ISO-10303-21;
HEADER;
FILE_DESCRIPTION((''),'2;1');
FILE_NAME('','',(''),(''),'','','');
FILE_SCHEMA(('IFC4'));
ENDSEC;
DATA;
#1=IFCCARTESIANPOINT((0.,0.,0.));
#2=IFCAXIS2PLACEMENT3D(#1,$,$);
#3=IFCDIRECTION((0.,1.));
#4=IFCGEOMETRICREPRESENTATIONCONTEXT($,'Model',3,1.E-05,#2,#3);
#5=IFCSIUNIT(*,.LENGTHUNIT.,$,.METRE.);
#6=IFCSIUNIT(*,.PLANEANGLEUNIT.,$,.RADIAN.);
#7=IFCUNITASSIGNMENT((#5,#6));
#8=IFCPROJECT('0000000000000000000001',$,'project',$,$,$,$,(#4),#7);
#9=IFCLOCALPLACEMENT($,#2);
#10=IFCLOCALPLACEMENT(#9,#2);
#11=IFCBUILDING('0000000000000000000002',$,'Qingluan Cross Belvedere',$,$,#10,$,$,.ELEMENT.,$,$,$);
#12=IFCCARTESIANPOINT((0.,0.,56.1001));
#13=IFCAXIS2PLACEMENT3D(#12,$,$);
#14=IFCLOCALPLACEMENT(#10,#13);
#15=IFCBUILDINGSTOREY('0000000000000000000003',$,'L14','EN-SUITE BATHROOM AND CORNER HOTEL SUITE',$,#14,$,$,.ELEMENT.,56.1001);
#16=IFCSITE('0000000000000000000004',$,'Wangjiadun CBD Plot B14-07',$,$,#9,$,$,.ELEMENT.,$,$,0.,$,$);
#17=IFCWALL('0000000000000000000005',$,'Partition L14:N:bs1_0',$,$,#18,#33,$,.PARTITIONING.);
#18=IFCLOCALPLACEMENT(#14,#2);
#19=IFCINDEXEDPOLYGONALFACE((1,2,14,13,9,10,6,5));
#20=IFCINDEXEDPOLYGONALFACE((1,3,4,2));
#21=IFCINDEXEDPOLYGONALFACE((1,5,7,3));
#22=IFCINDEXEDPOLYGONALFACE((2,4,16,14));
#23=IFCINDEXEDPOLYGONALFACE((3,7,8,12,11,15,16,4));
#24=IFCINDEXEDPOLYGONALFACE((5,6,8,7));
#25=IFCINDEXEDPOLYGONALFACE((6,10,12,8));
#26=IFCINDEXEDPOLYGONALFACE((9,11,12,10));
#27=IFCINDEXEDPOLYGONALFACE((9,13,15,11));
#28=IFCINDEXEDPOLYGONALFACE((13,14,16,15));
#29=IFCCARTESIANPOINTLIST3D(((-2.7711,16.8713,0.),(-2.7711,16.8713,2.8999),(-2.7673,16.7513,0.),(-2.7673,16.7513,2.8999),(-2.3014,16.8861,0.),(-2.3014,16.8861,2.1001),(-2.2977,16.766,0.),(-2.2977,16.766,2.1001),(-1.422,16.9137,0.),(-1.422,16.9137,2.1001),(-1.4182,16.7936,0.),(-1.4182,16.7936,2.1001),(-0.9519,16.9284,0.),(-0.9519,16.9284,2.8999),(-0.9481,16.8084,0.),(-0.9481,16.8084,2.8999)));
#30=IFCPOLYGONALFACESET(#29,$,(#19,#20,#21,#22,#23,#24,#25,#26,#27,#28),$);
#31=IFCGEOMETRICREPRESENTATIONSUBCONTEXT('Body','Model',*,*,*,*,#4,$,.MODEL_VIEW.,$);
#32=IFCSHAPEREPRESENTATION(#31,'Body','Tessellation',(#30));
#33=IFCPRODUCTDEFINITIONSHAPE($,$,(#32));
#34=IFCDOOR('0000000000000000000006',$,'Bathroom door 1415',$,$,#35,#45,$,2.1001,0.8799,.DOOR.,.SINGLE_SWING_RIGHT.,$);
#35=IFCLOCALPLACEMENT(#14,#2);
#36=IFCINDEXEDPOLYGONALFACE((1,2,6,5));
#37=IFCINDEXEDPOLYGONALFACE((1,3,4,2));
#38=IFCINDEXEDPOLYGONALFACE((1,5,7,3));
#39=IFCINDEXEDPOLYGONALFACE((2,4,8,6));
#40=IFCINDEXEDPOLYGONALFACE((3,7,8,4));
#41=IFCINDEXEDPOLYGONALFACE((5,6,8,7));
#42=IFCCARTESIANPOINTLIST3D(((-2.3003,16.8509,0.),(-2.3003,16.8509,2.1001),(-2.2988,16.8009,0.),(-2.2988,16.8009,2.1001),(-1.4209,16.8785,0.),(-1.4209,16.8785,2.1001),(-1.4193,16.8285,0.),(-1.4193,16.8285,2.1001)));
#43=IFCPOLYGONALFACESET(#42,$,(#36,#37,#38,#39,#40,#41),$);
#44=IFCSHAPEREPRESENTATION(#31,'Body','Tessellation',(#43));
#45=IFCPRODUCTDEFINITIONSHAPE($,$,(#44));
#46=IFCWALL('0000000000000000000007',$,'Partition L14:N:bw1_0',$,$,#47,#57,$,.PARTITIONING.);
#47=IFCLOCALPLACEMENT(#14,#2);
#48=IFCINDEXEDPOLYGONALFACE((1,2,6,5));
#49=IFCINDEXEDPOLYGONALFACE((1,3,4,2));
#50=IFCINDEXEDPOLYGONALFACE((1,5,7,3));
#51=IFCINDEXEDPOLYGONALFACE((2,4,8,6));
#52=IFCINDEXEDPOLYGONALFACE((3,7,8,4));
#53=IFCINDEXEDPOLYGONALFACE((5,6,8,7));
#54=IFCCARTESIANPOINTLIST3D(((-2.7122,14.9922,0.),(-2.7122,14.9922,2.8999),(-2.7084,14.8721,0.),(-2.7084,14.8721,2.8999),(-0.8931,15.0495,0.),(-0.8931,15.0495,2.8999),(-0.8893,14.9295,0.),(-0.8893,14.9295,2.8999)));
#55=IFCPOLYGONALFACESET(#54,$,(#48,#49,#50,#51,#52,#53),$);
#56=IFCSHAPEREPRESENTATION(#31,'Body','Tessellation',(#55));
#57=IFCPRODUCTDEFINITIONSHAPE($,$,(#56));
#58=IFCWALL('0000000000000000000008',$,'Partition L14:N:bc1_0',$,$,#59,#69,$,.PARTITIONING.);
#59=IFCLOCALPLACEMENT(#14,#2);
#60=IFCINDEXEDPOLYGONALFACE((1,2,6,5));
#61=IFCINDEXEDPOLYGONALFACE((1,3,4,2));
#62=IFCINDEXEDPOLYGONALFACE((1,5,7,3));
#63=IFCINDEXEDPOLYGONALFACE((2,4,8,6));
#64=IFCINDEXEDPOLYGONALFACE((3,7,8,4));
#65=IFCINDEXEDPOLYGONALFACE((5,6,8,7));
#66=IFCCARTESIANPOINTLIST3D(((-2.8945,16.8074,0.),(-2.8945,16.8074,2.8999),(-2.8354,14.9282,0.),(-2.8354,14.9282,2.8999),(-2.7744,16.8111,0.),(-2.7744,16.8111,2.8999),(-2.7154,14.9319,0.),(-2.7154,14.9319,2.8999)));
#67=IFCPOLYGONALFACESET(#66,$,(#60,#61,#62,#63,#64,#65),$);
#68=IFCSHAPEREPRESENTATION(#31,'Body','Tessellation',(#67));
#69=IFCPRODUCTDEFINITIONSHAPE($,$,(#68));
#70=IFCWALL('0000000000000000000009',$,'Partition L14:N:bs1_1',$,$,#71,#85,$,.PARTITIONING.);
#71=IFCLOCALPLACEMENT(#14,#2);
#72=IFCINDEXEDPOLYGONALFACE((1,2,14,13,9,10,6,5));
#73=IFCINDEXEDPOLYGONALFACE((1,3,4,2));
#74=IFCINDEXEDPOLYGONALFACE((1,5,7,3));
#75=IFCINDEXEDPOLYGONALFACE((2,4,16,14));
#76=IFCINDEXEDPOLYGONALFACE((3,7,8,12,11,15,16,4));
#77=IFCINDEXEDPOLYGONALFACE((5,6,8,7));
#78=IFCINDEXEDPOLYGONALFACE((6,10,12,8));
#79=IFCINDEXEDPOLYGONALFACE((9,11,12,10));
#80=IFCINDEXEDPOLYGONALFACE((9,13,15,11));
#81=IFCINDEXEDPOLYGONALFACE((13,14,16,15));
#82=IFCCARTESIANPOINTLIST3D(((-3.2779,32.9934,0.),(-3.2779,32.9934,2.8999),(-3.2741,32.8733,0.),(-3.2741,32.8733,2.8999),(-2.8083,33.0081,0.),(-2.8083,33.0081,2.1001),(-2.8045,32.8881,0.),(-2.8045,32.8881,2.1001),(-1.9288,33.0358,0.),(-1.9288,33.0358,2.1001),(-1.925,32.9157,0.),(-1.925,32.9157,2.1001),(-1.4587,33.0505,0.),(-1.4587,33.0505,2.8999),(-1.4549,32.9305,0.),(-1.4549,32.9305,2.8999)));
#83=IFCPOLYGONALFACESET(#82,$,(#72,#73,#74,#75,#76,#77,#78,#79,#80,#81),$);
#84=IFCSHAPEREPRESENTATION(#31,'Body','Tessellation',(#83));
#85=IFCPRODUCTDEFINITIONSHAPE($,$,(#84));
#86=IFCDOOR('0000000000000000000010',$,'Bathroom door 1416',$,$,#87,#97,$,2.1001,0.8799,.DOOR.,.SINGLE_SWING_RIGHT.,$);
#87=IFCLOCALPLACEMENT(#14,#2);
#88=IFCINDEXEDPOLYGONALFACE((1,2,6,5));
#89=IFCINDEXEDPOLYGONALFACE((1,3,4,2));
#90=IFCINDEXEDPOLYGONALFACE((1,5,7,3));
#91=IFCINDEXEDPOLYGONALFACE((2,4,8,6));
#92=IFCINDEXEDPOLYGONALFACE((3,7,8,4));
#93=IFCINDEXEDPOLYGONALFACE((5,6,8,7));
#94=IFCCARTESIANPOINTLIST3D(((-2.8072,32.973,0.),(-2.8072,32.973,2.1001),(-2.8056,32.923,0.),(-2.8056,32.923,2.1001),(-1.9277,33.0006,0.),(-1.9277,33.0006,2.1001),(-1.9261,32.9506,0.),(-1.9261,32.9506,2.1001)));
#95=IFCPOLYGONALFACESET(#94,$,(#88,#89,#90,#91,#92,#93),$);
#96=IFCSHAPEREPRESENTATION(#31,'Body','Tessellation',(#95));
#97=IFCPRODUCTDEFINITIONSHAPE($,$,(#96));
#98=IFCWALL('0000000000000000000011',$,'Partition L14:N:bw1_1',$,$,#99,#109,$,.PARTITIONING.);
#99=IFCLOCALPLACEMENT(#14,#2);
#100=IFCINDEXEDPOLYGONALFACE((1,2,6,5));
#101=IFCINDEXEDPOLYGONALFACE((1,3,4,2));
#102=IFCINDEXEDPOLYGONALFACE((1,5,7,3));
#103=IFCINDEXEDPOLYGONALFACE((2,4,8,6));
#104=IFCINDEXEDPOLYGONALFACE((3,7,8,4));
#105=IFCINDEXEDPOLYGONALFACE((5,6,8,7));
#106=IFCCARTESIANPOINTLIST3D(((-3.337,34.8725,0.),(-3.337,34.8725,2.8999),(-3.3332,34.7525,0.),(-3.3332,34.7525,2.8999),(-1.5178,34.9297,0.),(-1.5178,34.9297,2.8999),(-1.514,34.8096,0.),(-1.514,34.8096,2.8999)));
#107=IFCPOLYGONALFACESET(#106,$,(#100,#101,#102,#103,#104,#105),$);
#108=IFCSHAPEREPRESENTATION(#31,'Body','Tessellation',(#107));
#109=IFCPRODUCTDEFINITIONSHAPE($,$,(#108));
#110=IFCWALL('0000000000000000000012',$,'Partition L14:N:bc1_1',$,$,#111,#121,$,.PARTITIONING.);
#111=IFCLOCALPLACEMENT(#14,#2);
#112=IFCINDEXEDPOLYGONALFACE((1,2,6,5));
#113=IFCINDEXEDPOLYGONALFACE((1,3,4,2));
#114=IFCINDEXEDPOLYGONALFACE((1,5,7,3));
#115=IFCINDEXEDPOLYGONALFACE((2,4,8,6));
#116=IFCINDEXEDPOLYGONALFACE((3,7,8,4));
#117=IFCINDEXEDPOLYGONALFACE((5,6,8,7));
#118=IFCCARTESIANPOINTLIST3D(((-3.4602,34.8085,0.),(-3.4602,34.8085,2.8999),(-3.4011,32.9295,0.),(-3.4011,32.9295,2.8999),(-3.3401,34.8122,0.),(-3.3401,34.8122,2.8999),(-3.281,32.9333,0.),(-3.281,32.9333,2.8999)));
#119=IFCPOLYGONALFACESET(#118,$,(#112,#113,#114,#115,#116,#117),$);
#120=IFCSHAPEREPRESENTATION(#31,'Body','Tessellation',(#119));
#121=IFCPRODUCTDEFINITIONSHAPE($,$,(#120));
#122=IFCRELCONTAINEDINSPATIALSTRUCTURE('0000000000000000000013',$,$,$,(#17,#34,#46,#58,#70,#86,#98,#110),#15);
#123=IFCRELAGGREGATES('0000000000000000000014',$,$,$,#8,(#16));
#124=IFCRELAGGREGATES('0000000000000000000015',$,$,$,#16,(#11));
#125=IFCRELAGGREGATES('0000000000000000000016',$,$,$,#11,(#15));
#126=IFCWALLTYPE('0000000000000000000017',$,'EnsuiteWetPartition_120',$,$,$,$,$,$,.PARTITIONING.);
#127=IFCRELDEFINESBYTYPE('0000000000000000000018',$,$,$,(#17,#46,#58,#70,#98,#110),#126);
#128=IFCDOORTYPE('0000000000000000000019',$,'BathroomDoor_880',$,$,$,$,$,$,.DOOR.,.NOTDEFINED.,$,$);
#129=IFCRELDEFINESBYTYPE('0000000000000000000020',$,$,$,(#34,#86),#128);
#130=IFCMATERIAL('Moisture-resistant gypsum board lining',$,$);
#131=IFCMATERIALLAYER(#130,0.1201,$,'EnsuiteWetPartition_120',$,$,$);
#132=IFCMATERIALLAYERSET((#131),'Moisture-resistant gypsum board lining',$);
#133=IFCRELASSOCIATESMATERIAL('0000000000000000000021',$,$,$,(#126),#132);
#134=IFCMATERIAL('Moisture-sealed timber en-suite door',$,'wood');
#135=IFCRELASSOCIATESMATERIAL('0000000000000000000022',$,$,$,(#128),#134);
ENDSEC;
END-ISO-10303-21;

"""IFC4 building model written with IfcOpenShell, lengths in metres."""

from ifc_helpers import new_model, si_unit, direction, frame, frame_2d, origin, place, context, subcontext, project, spatial, rectangle, extrude, material, layer, layer_set, type_object, element, fill, save


model = new_model("IFC4")

# Units and contexts
model_context = context("Model", 3, precision=1e-05, world=origin(), true_north=direction((0.0, 1.0)))
body_context = subcontext(model_context, "Body", "Model", "MODEL_VIEW")
ifc_project = project(units=[si_unit("LENGTHUNIT", "METRE"), si_unit("PLANEANGLEUNIT", "RADIAN")], contexts=[model_context])

# Site, building, storey
site_placement = place(None, origin())
site = spatial("IfcSite", under=ifc_project, at=site_placement, Name="Wangjiadun CBD Plot B14-07", CompositionType="ELEMENT", RefElevation=0.0)
building_placement = place(site_placement, origin())
building = spatial("IfcBuilding", under=site, at=building_placement, Name="Qingluan Cross Belvedere", CompositionType="ELEMENT")
storey_placement = place(building_placement, frame((0.0, 0.0, 56.1001)))
storey = spatial("IfcBuildingStorey", under=building, at=storey_placement, Name="L14", Description="EN-SUITE BATHROOM AND CORNER HOTEL SUITE", CompositionType="ELEMENT", Elevation=56.1001)

# Wall, opening, door
ifc_material_1 = material(Name="Moisture-resistant gypsum board lining")
ifc_layer_1 = layer(ifc_material_1, 0.1201, Name="EnsuiteWetPartition_120")
ifc_layer_set_1 = layer_set([ifc_layer_1], Name="Moisture-resistant gypsum board lining")
wall_type_1 = type_object("IfcWallType", Name="EnsuiteWetPartition_120", PredefinedType="PARTITIONING", material=ifc_layer_set_1)
wall_1_placement = place(storey_placement, frame((-2.7693, 16.8113, 0.0), z_axis=(0.0, 0.0, 1.0), x_axis=(0.999507, 0.03139, 0.0)))
wall_1 = element("IfcWall", 1, at=wall_1_placement, inside=storey, type_object=wall_type_1, Name="Partition L14:N:bs1_0", PredefinedType="PARTITIONING", context=body_context, shape_type="SweptSolid", body=[
    extrude(rectangle(XDim=1.8201, YDim=0.1201, at=frame_2d((0.9102, 0.0))), origin(), (0.0, 0.0, 1.0), 2.8999),
])
opening_1_placement = place(wall_1_placement, frame((0.47, 0.0, 0.0)))
opening_1 = element("IfcOpeningElement", 2, at=opening_1_placement, cuts=wall_1, PredefinedType="OPENING", context=body_context, shape_type="SweptSolid", body=[
    extrude(rectangle(XDim=0.8799, YDim=2.1001, at=frame_2d((0.4399, 1.05))), frame((0.0, 0.0701, 0.0), z_axis=(0.0, -1.0, 0.0), x_axis=(1.0, 0.0, 0.0)), (0.0, 0.0, 1.0), 0.1401),
])
ifc_material_2 = material(Name="Moisture-sealed timber en-suite door", Category="wood")
door_type = type_object("IfcDoorType", Name="BathroomDoor_880", OperationType="NOTDEFINED", PredefinedType="DOOR", material=ifc_material_2)
door_1_placement = place(opening_1_placement, origin())
door_1 = element("IfcDoor", 3, at=door_1_placement, inside=storey, type_object=door_type, Name="Bathroom door 1415", OperationType="SINGLE_SWING_RIGHT", OverallHeight=2.1001, OverallWidth=0.8799, PredefinedType="DOOR", context=body_context, shape_type="SweptSolid", body=[
    extrude(rectangle(XDim=0.8799, YDim=2.1001, at=frame_2d((0.4399, 1.05))), frame((0.0, 0.0249, 0.0), z_axis=(0.0, -1.0, 0.0), x_axis=(1.0, 0.0, 0.0)), (0.0, 0.0, 1.0), 0.05),
])
fill(opening_1, door_1)

# Walls
wall_2_placement = place(storey_placement, frame((-2.7104, 14.9321, 0.0), z_axis=(0.0, 0.0, 1.0), x_axis=(0.999503, 0.031524, 0.0)))
element("IfcWall", 4, at=wall_2_placement, inside=storey, type_object=wall_type_1, Name="Partition L14:N:bw1_0", PredefinedType="PARTITIONING", context=body_context, shape_type="SweptSolid", body=[
    extrude(rectangle(XDim=1.8201, YDim=0.1201, at=frame_2d((0.9102, 0.0))), origin(), (0.0, 0.0, 1.0), 2.8999),
])
wall_3_placement = place(storey_placement, frame((-2.7754, 14.9302, 0.0), z_axis=(0.0, 0.0, 1.0), x_axis=(-0.031425, 0.999506, 0.0)))
element("IfcWall", 5, at=wall_3_placement, inside=storey, type_object=wall_type_1, Name="Partition L14:N:bc1_0", PredefinedType="PARTITIONING", context=body_context, shape_type="SweptSolid", body=[
    extrude(rectangle(XDim=1.8801, YDim=0.1201, at=frame_2d((0.9399, 0.0))), origin(), (0.0, 0.0, 1.0), 2.8999),
])

# Wall, opening, door
wall_4_placement = place(storey_placement, frame((-3.2761, 32.9333, 0.0), z_axis=(0.0, 0.0, 1.0), x_axis=(0.999507, 0.03139, 0.0)))
wall_4 = element("IfcWall", 6, at=wall_4_placement, inside=storey, type_object=wall_type_1, Name="Partition L14:N:bs1_1", PredefinedType="PARTITIONING", context=body_context, shape_type="SweptSolid", body=[
    extrude(rectangle(XDim=1.8201, YDim=0.1201, at=frame_2d((0.9102, 0.0))), origin(), (0.0, 0.0, 1.0), 2.8999),
])
opening_2_placement = place(wall_4_placement, frame((0.47, 0.0, 0.0)))
opening_2 = element("IfcOpeningElement", 7, at=opening_2_placement, cuts=wall_4, PredefinedType="OPENING", context=body_context, shape_type="SweptSolid", body=[
    extrude(rectangle(XDim=0.8799, YDim=2.1001, at=frame_2d((0.4399, 1.05))), frame((0.0, 0.0701, 0.0), z_axis=(0.0, -1.0, 0.0), x_axis=(1.0, 0.0, 0.0)), (0.0, 0.0, 1.0), 0.1401),
])
door_2_placement = place(opening_2_placement, origin())
door_2 = element("IfcDoor", 8, at=door_2_placement, inside=storey, type_object=door_type, Name="Bathroom door 1416", OperationType="SINGLE_SWING_RIGHT", OverallHeight=2.1001, OverallWidth=0.8799, PredefinedType="DOOR", context=body_context, shape_type="SweptSolid", body=[
    extrude(rectangle(XDim=0.8799, YDim=2.1001, at=frame_2d((0.4399, 1.05))), frame((0.0, 0.0249, 0.0), z_axis=(0.0, -1.0, 0.0), x_axis=(1.0, 0.0, 0.0)), (0.0, 0.0, 1.0), 0.05),
])
fill(opening_2, door_2)

# Walls
wall_5_placement = place(storey_placement, frame((-3.3352, 34.8125, 0.0), z_axis=(0.0, 0.0, 1.0), x_axis=(0.999507, 0.03139, 0.0)))
element("IfcWall", 9, at=wall_5_placement, inside=storey, type_object=wall_type_1, Name="Partition L14:N:bw1_1", PredefinedType="PARTITIONING", context=body_context, shape_type="SweptSolid", body=[
    extrude(rectangle(XDim=1.8201, YDim=0.1201, at=frame_2d((0.9102, 0.0))), origin(), (0.0, 0.0, 1.0), 2.8999),
])
wall_6_placement = place(storey_placement, frame((-3.3411, 32.9314, 0.0), z_axis=(0.0, 0.0, 1.0), x_axis=(-0.031429, 0.999506, 0.0)))
element("IfcWall", 10, at=wall_6_placement, inside=storey, type_object=wall_type_1, Name="Partition L14:N:bc1_1", PredefinedType="PARTITIONING", context=body_context, shape_type="SweptSolid", body=[
    extrude(rectangle(XDim=1.8799, YDim=0.1201, at=frame_2d((0.9399, 0.0))), origin(), (0.0, 0.0, 1.0), 2.8999),
])

save(model, "model.ifc")
